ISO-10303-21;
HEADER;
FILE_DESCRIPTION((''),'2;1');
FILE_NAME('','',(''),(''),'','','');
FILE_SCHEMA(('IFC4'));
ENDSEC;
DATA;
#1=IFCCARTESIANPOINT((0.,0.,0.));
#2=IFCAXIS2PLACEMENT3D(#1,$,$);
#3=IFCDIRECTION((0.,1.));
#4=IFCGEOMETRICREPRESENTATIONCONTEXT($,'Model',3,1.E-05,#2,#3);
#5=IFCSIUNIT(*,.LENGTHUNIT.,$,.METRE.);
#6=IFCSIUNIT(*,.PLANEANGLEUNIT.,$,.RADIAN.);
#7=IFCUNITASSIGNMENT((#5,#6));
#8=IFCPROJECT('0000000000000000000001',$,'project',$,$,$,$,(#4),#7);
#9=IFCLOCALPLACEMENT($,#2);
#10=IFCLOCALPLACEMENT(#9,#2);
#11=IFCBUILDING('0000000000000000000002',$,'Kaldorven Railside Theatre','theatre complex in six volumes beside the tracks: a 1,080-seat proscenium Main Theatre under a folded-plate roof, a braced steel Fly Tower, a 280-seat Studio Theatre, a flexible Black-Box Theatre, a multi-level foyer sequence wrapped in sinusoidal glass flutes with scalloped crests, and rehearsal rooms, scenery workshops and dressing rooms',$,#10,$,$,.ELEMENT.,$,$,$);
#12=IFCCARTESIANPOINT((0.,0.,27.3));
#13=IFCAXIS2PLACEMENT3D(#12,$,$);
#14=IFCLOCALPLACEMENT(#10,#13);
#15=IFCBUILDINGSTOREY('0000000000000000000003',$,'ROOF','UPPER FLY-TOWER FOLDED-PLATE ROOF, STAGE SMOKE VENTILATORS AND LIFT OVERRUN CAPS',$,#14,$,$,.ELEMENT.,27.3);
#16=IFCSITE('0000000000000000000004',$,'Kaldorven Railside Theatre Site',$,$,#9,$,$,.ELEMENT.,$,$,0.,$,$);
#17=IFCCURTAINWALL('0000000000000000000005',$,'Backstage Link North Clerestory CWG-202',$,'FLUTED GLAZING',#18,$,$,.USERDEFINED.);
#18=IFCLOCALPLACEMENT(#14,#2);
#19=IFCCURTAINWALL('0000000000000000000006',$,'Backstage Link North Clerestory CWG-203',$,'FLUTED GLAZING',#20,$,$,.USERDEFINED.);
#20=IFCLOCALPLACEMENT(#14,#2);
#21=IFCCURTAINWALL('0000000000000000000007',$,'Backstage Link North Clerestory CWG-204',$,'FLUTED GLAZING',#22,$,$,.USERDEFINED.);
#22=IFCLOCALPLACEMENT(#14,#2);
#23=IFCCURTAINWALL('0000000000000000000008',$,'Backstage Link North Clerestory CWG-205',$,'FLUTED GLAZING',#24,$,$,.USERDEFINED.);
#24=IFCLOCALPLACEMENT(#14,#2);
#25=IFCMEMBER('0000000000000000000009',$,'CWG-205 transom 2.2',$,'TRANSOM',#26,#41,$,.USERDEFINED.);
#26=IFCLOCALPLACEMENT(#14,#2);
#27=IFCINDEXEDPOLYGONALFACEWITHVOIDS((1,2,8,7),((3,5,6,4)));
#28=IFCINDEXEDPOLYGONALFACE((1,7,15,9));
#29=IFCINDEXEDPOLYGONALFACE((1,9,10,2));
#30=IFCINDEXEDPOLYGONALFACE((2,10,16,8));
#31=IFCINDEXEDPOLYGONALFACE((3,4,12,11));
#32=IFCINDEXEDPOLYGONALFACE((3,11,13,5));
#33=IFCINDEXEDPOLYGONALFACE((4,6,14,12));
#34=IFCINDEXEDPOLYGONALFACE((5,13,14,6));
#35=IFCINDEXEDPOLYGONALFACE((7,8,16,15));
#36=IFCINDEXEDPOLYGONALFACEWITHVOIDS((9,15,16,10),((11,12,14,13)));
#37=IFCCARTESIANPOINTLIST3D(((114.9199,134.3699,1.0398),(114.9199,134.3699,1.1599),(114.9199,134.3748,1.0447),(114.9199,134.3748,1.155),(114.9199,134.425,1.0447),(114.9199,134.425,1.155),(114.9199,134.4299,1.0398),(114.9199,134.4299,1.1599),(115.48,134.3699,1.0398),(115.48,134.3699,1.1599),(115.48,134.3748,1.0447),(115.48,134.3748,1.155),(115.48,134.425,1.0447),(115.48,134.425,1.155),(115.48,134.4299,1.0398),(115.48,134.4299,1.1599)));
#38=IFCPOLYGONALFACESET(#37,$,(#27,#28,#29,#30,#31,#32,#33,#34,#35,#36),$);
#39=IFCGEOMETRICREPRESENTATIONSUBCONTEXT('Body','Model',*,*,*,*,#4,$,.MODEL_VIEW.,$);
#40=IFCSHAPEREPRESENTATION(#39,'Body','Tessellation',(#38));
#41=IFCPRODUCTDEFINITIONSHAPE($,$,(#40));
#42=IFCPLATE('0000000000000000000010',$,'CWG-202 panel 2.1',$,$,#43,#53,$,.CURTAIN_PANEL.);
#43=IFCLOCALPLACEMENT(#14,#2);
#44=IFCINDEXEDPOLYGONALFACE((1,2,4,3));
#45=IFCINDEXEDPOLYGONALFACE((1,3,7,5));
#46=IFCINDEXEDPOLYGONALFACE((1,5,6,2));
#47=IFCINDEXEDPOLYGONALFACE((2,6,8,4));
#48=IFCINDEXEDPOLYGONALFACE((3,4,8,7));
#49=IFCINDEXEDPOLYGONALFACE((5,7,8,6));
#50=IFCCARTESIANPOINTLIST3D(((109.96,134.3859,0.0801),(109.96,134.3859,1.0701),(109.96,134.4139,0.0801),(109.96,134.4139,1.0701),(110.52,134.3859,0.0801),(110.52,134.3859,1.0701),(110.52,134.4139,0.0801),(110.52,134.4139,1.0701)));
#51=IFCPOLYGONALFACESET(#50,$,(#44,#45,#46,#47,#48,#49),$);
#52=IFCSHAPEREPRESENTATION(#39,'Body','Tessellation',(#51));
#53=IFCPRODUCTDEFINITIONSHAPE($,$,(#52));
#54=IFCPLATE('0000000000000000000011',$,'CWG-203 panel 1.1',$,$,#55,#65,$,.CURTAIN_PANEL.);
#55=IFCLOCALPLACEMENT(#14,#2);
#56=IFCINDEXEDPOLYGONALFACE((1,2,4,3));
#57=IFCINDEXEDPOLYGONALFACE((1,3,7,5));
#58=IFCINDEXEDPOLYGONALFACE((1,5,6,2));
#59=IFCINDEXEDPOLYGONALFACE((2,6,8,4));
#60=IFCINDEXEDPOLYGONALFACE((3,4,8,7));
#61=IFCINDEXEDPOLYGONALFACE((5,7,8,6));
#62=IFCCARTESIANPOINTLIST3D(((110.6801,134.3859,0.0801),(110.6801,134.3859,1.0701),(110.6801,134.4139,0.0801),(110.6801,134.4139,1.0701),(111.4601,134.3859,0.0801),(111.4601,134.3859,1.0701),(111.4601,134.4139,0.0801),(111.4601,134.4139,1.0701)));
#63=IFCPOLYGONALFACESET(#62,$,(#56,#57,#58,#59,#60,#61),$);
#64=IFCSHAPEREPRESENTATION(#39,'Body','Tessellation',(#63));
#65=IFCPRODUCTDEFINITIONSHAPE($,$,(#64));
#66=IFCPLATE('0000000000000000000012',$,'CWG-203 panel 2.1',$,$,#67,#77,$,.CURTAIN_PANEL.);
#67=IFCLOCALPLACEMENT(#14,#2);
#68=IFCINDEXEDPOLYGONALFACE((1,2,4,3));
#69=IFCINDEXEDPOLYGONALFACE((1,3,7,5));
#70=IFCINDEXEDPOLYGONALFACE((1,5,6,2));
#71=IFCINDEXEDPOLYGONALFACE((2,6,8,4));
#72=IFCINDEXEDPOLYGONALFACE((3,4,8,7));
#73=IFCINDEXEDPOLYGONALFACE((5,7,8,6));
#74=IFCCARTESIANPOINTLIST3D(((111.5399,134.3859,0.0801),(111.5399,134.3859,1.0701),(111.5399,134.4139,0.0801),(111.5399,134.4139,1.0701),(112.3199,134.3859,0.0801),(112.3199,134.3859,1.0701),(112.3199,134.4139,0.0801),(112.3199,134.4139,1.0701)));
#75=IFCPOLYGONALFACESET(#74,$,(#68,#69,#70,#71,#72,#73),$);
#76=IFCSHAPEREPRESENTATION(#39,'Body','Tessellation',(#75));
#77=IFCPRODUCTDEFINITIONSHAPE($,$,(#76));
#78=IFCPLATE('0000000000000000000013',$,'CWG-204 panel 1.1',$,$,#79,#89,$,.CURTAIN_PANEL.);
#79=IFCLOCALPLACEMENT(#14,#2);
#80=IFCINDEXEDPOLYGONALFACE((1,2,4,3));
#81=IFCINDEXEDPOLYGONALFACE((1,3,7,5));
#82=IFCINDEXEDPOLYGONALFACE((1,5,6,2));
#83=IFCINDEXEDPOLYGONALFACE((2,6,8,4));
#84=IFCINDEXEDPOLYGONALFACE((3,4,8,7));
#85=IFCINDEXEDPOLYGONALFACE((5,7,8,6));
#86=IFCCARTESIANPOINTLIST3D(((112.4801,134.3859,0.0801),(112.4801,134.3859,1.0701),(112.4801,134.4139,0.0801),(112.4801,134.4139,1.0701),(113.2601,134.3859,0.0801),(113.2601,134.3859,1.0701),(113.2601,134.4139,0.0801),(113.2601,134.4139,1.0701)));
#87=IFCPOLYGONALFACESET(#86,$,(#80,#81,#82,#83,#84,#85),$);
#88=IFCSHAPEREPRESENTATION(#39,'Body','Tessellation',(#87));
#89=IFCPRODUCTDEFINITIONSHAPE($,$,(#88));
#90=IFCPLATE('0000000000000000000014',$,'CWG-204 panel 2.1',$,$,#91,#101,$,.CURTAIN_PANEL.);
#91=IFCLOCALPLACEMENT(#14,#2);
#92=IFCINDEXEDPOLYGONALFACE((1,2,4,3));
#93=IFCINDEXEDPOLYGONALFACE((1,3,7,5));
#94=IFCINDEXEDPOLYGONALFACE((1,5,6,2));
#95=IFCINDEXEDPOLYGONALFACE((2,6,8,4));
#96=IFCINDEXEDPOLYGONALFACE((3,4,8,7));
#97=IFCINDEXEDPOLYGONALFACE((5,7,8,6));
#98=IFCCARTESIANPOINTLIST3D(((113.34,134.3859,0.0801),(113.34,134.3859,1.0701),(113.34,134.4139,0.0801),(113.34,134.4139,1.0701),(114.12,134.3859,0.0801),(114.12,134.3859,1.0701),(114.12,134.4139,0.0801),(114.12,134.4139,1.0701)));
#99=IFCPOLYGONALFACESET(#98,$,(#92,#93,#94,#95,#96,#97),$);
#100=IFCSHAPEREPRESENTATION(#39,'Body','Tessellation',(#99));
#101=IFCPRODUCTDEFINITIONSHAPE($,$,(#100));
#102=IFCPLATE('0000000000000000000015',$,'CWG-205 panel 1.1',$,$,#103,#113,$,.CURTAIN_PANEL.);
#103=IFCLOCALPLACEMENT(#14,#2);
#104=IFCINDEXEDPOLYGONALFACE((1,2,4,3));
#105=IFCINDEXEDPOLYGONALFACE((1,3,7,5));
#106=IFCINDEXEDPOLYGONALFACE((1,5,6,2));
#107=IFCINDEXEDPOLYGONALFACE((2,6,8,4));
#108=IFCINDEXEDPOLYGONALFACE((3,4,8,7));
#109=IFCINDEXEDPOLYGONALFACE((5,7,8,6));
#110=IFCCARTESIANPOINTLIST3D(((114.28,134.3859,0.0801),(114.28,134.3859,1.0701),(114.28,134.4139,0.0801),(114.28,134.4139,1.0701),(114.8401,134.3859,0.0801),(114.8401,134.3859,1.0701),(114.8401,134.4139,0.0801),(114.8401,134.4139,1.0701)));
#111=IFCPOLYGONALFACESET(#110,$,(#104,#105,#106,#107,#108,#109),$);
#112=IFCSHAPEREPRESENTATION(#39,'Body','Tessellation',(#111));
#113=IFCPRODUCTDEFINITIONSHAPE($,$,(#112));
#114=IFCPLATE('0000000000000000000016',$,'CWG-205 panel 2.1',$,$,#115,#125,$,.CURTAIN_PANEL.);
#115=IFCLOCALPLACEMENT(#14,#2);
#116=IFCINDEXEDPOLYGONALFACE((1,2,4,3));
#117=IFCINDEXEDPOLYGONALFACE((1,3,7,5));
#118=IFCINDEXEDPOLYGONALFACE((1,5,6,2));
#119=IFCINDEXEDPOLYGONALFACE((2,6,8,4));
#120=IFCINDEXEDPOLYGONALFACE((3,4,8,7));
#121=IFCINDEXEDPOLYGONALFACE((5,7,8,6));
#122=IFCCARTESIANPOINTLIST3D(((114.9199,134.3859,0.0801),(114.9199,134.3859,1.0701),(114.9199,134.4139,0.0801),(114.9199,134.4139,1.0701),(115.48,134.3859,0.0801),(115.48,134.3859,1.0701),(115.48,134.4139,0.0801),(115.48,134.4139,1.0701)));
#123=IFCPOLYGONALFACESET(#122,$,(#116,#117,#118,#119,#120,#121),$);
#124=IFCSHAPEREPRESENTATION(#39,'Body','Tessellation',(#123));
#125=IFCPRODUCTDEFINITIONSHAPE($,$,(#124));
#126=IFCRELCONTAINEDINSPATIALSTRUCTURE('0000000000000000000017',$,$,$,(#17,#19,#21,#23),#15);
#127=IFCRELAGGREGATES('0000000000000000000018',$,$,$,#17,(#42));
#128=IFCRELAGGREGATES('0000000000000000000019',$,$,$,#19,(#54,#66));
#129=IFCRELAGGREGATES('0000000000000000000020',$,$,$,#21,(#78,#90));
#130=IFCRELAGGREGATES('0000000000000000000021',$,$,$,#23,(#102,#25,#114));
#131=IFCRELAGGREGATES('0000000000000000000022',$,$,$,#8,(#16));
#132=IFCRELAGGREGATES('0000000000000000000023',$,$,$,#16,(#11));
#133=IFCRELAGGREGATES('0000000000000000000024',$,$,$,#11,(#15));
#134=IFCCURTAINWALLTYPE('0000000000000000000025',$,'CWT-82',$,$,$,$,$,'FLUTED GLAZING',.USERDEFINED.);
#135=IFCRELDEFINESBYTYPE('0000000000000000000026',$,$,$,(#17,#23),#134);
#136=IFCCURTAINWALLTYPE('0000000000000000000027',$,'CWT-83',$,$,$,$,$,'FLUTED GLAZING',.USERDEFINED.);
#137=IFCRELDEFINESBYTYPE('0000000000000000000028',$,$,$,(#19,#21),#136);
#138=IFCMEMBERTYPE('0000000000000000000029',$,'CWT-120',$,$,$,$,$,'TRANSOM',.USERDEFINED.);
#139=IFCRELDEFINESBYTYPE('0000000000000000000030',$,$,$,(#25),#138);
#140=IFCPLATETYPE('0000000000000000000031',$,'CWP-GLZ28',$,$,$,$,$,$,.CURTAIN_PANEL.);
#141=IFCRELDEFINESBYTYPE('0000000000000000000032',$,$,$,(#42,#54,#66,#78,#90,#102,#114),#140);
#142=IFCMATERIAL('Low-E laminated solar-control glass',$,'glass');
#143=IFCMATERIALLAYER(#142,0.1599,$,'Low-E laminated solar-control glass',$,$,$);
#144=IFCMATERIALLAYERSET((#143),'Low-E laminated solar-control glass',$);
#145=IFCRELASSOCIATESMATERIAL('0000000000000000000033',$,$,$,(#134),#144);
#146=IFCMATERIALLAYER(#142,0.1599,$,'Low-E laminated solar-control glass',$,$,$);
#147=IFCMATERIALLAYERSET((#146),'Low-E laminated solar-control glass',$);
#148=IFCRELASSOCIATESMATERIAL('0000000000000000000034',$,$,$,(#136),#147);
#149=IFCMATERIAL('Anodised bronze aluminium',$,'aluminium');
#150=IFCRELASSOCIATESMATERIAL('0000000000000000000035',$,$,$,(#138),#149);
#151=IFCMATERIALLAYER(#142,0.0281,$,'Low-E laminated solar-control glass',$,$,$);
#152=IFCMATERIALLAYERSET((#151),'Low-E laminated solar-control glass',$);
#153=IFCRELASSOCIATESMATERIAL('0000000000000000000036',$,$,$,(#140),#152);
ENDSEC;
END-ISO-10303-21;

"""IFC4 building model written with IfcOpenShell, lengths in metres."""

from ifc_helpers import new_model, si_unit, direction, frame, origin, origin_2d, place, context, subcontext, project, spatial, rectangle, hollow_rectangle, extrude, material, layer, layer_set, material_profile, profile_set, type_object, element, aggregate, save


model = new_model("IFC4")

# Units and contexts
model_context = context("Model", 3, precision=1e-05, world=origin(), true_north=direction((0.0, 1.0)))
body_context = subcontext(model_context, "Body", "Model", "MODEL_VIEW")
ifc_project = project(units=[si_unit("LENGTHUNIT", "METRE"), si_unit("PLANEANGLEUNIT", "RADIAN")], contexts=[model_context])

# Site, building, storey
site_placement = place(None, origin())
site = spatial("IfcSite", under=ifc_project, at=site_placement, Name="Kaldorven Railside Theatre Site", CompositionType="ELEMENT", RefElevation=0.0)
building_placement = place(site_placement, origin())
building = spatial("IfcBuilding", under=site, at=building_placement, Name="Kaldorven Railside Theatre", Description="theatre complex in six volumes beside the tracks: a 1,080-seat proscenium Main Theatre under a folded-plate roof, a braced steel Fly Tower, a 280-seat Studio Theatre, a flexible Black-Box Theatre, a multi-level foyer sequence wrapped in sinusoidal glass flutes with scalloped crests, and rehearsal rooms, scenery workshops and dressing rooms", CompositionType="ELEMENT")
storey_placement = place(building_placement, frame((0.0, 0.0, 27.3)))
storey = spatial("IfcBuildingStorey", under=building, at=storey_placement, Name="ROOF", Description="UPPER FLY-TOWER FOLDED-PLATE ROOF, STAGE SMOKE VENTILATORS AND LIFT OVERRUN CAPS", CompositionType="ELEMENT", Elevation=27.3)

# Curtain wall
ifc_material_1 = material(Name="Low-E laminated solar-control glass", Category="glass")
ifc_layer_1 = layer(ifc_material_1, 0.1599, Name="Low-E laminated solar-control glass")
ifc_layer_set_1 = layer_set([ifc_layer_1], Name="Low-E laminated solar-control glass")
curtain_wall_type_1 = type_object("IfcCurtainWallType", Name="CWT-82", ElementType="FLUTED GLAZING", PredefinedType="USERDEFINED", material=ifc_layer_set_1)
curtain_wall_1_placement = place(storey_placement, origin())
curtain_wall_1 = element("IfcCurtainWall", 1, at=curtain_wall_1_placement, inside=storey, type_object=curtain_wall_type_1, Name="Backstage Link North Clerestory CWG-202", ObjectType="FLUTED GLAZING", PredefinedType="USERDEFINED")
ifc_material_2 = material(Name="Anodised bronze aluminium", Category="aluminium")

# Curtain walls
ifc_layer_2 = layer(ifc_material_1, 0.1599, Name="Low-E laminated solar-control glass")
ifc_layer_set_2 = layer_set([ifc_layer_2], Name="Low-E laminated solar-control glass")
curtain_wall_type_2 = type_object("IfcCurtainWallType", Name="CWT-83", ElementType="FLUTED GLAZING", PredefinedType="USERDEFINED", material=ifc_layer_set_2)
curtain_wall_2_placement = place(storey_placement, origin())
curtain_wall_2 = element("IfcCurtainWall", 2, at=curtain_wall_2_placement, inside=storey, type_object=curtain_wall_type_2, Name="Backstage Link North Clerestory CWG-203", ObjectType="FLUTED GLAZING", PredefinedType="USERDEFINED")
curtain_wall_3_placement = place(storey_placement, origin())
curtain_wall_3 = element("IfcCurtainWall", 3, at=curtain_wall_3_placement, inside=storey, type_object=curtain_wall_type_2, Name="Backstage Link North Clerestory CWG-204", ObjectType="FLUTED GLAZING", PredefinedType="USERDEFINED")
curtain_wall_4_placement = place(storey_placement, origin())
curtain_wall_4 = element("IfcCurtainWall", 4, at=curtain_wall_4_placement, inside=storey, type_object=curtain_wall_type_1, Name="Backstage Link North Clerestory CWG-205", ObjectType="FLUTED GLAZING", PredefinedType="USERDEFINED")

# Member
ifc_material_profile_1 = material_profile(ifc_material_2, hollow_rectangle(XDim=0.0601, YDim=0.1201, WallThickness=0.0049, at=origin_2d()), Name="RHS 120x60x5")
ifc_profile_set_1 = profile_set([ifc_material_profile_1], Name="Anodised bronze aluminium")
member_type_1 = type_object("IfcMemberType", Name="CWT-120", ElementType="TRANSOM", PredefinedType="USERDEFINED", material=ifc_profile_set_1)
member_1_placement = place(storey_placement, frame((114.9199, 134.3999, 1.0999), z_axis=(1.0, 0.0, 0.0), x_axis=(0.0, 1.0, 0.0)))
member_1 = element("IfcMember", 5, at=member_1_placement, type_object=member_type_1, Name="CWG-205 transom 2.2", ObjectType="TRANSOM", PredefinedType="USERDEFINED", context=body_context, shape_type="SweptSolid", body=[
    extrude(hollow_rectangle(XDim=0.0601, YDim=0.1201, WallThickness=0.0049, at=origin_2d()), origin(), (0.0, 0.0, 1.0), 0.5601),
])

# Plates
ifc_layer_3 = layer(ifc_material_1, 0.0281, Name="Low-E laminated solar-control glass")
ifc_layer_set_3 = layer_set([ifc_layer_3], Name="Low-E laminated solar-control glass")
plate_type = type_object("IfcPlateType", Name="CWP-GLZ28", PredefinedType="CURTAIN_PANEL", material=ifc_layer_set_3)
plate_1_placement = place(storey_placement, frame((110.24, 134.3999, 0.0801), z_axis=(0.0, 0.0, 1.0), x_axis=(1.0, 0.0, 0.0)))
plate_1 = element("IfcPlate", 6, at=plate_1_placement, type_object=plate_type, Name="CWG-202 panel 2.1", PredefinedType="CURTAIN_PANEL", context=body_context, shape_type="SweptSolid", body=[
    extrude(rectangle(XDim=0.5601, YDim=0.0281, at=origin_2d()), origin(), (0.0, 0.0, 1.0), 0.99),
])
aggregate(curtain_wall_1, [plate_1])
plate_2_placement = place(storey_placement, frame((111.0701, 134.3999, 0.0801), z_axis=(0.0, 0.0, 1.0), x_axis=(1.0, 0.0, 0.0)))
plate_2 = element("IfcPlate", 7, at=plate_2_placement, type_object=plate_type, Name="CWG-203 panel 1.1", PredefinedType="CURTAIN_PANEL", context=body_context, shape_type="SweptSolid", body=[
    extrude(rectangle(XDim=0.78, YDim=0.0281, at=origin_2d()), origin(), (0.0, 0.0, 1.0), 0.99),
])
plate_3_placement = place(storey_placement, frame((111.9299, 134.3999, 0.0801), z_axis=(0.0, 0.0, 1.0), x_axis=(1.0, 0.0, 0.0)))
plate_3 = element("IfcPlate", 8, at=plate_3_placement, type_object=plate_type, Name="CWG-203 panel 2.1", PredefinedType="CURTAIN_PANEL", context=body_context, shape_type="SweptSolid", body=[
    extrude(rectangle(XDim=0.78, YDim=0.0281, at=origin_2d()), origin(), (0.0, 0.0, 1.0), 0.99),
])
aggregate(curtain_wall_2, [plate_2, plate_3])
plate_4_placement = place(storey_placement, frame((112.8701, 134.3999, 0.0801), z_axis=(0.0, 0.0, 1.0), x_axis=(1.0, 0.0, 0.0)))
plate_4 = element("IfcPlate", 9, at=plate_4_placement, type_object=plate_type, Name="CWG-204 panel 1.1", PredefinedType="CURTAIN_PANEL", context=body_context, shape_type="SweptSolid", body=[
    extrude(rectangle(XDim=0.78, YDim=0.0281, at=origin_2d()), origin(), (0.0, 0.0, 1.0), 0.99),
])
plate_5_placement = place(storey_placement, frame((113.73, 134.3999, 0.0801), z_axis=(0.0, 0.0, 1.0), x_axis=(1.0, 0.0, 0.0)))
plate_5 = element("IfcPlate", 10, at=plate_5_placement, type_object=plate_type, Name="CWG-204 panel 2.1", PredefinedType="CURTAIN_PANEL", context=body_context, shape_type="SweptSolid", body=[
    extrude(rectangle(XDim=0.78, YDim=0.0281, at=origin_2d()), origin(), (0.0, 0.0, 1.0), 0.99),
])
aggregate(curtain_wall_3, [plate_4, plate_5])
plate_6_placement = place(storey_placement, frame((114.5601, 134.3999, 0.0801), z_axis=(0.0, 0.0, 1.0), x_axis=(1.0, 0.0, 0.0)))
plate_6 = element("IfcPlate", 11, at=plate_6_placement, type_object=plate_type, Name="CWG-205 panel 1.1", PredefinedType="CURTAIN_PANEL", context=body_context, shape_type="SweptSolid", body=[
    extrude(rectangle(XDim=0.5601, YDim=0.0281, at=origin_2d()), origin(), (0.0, 0.0, 1.0), 0.99),
])
plate_7_placement = place(storey_placement, frame((115.2, 134.3999, 0.0801), z_axis=(0.0, 0.0, 1.0), x_axis=(1.0, 0.0, 0.0)))
plate_7 = element("IfcPlate", 12, at=plate_7_placement, type_object=plate_type, Name="CWG-205 panel 2.1", PredefinedType="CURTAIN_PANEL", context=body_context, shape_type="SweptSolid", body=[
    extrude(rectangle(XDim=0.5601, YDim=0.0281, at=origin_2d()), origin(), (0.0, 0.0, 1.0), 0.99),
])
aggregate(curtain_wall_4, [plate_6, member_1, plate_7])

save(model, "model.ifc")
